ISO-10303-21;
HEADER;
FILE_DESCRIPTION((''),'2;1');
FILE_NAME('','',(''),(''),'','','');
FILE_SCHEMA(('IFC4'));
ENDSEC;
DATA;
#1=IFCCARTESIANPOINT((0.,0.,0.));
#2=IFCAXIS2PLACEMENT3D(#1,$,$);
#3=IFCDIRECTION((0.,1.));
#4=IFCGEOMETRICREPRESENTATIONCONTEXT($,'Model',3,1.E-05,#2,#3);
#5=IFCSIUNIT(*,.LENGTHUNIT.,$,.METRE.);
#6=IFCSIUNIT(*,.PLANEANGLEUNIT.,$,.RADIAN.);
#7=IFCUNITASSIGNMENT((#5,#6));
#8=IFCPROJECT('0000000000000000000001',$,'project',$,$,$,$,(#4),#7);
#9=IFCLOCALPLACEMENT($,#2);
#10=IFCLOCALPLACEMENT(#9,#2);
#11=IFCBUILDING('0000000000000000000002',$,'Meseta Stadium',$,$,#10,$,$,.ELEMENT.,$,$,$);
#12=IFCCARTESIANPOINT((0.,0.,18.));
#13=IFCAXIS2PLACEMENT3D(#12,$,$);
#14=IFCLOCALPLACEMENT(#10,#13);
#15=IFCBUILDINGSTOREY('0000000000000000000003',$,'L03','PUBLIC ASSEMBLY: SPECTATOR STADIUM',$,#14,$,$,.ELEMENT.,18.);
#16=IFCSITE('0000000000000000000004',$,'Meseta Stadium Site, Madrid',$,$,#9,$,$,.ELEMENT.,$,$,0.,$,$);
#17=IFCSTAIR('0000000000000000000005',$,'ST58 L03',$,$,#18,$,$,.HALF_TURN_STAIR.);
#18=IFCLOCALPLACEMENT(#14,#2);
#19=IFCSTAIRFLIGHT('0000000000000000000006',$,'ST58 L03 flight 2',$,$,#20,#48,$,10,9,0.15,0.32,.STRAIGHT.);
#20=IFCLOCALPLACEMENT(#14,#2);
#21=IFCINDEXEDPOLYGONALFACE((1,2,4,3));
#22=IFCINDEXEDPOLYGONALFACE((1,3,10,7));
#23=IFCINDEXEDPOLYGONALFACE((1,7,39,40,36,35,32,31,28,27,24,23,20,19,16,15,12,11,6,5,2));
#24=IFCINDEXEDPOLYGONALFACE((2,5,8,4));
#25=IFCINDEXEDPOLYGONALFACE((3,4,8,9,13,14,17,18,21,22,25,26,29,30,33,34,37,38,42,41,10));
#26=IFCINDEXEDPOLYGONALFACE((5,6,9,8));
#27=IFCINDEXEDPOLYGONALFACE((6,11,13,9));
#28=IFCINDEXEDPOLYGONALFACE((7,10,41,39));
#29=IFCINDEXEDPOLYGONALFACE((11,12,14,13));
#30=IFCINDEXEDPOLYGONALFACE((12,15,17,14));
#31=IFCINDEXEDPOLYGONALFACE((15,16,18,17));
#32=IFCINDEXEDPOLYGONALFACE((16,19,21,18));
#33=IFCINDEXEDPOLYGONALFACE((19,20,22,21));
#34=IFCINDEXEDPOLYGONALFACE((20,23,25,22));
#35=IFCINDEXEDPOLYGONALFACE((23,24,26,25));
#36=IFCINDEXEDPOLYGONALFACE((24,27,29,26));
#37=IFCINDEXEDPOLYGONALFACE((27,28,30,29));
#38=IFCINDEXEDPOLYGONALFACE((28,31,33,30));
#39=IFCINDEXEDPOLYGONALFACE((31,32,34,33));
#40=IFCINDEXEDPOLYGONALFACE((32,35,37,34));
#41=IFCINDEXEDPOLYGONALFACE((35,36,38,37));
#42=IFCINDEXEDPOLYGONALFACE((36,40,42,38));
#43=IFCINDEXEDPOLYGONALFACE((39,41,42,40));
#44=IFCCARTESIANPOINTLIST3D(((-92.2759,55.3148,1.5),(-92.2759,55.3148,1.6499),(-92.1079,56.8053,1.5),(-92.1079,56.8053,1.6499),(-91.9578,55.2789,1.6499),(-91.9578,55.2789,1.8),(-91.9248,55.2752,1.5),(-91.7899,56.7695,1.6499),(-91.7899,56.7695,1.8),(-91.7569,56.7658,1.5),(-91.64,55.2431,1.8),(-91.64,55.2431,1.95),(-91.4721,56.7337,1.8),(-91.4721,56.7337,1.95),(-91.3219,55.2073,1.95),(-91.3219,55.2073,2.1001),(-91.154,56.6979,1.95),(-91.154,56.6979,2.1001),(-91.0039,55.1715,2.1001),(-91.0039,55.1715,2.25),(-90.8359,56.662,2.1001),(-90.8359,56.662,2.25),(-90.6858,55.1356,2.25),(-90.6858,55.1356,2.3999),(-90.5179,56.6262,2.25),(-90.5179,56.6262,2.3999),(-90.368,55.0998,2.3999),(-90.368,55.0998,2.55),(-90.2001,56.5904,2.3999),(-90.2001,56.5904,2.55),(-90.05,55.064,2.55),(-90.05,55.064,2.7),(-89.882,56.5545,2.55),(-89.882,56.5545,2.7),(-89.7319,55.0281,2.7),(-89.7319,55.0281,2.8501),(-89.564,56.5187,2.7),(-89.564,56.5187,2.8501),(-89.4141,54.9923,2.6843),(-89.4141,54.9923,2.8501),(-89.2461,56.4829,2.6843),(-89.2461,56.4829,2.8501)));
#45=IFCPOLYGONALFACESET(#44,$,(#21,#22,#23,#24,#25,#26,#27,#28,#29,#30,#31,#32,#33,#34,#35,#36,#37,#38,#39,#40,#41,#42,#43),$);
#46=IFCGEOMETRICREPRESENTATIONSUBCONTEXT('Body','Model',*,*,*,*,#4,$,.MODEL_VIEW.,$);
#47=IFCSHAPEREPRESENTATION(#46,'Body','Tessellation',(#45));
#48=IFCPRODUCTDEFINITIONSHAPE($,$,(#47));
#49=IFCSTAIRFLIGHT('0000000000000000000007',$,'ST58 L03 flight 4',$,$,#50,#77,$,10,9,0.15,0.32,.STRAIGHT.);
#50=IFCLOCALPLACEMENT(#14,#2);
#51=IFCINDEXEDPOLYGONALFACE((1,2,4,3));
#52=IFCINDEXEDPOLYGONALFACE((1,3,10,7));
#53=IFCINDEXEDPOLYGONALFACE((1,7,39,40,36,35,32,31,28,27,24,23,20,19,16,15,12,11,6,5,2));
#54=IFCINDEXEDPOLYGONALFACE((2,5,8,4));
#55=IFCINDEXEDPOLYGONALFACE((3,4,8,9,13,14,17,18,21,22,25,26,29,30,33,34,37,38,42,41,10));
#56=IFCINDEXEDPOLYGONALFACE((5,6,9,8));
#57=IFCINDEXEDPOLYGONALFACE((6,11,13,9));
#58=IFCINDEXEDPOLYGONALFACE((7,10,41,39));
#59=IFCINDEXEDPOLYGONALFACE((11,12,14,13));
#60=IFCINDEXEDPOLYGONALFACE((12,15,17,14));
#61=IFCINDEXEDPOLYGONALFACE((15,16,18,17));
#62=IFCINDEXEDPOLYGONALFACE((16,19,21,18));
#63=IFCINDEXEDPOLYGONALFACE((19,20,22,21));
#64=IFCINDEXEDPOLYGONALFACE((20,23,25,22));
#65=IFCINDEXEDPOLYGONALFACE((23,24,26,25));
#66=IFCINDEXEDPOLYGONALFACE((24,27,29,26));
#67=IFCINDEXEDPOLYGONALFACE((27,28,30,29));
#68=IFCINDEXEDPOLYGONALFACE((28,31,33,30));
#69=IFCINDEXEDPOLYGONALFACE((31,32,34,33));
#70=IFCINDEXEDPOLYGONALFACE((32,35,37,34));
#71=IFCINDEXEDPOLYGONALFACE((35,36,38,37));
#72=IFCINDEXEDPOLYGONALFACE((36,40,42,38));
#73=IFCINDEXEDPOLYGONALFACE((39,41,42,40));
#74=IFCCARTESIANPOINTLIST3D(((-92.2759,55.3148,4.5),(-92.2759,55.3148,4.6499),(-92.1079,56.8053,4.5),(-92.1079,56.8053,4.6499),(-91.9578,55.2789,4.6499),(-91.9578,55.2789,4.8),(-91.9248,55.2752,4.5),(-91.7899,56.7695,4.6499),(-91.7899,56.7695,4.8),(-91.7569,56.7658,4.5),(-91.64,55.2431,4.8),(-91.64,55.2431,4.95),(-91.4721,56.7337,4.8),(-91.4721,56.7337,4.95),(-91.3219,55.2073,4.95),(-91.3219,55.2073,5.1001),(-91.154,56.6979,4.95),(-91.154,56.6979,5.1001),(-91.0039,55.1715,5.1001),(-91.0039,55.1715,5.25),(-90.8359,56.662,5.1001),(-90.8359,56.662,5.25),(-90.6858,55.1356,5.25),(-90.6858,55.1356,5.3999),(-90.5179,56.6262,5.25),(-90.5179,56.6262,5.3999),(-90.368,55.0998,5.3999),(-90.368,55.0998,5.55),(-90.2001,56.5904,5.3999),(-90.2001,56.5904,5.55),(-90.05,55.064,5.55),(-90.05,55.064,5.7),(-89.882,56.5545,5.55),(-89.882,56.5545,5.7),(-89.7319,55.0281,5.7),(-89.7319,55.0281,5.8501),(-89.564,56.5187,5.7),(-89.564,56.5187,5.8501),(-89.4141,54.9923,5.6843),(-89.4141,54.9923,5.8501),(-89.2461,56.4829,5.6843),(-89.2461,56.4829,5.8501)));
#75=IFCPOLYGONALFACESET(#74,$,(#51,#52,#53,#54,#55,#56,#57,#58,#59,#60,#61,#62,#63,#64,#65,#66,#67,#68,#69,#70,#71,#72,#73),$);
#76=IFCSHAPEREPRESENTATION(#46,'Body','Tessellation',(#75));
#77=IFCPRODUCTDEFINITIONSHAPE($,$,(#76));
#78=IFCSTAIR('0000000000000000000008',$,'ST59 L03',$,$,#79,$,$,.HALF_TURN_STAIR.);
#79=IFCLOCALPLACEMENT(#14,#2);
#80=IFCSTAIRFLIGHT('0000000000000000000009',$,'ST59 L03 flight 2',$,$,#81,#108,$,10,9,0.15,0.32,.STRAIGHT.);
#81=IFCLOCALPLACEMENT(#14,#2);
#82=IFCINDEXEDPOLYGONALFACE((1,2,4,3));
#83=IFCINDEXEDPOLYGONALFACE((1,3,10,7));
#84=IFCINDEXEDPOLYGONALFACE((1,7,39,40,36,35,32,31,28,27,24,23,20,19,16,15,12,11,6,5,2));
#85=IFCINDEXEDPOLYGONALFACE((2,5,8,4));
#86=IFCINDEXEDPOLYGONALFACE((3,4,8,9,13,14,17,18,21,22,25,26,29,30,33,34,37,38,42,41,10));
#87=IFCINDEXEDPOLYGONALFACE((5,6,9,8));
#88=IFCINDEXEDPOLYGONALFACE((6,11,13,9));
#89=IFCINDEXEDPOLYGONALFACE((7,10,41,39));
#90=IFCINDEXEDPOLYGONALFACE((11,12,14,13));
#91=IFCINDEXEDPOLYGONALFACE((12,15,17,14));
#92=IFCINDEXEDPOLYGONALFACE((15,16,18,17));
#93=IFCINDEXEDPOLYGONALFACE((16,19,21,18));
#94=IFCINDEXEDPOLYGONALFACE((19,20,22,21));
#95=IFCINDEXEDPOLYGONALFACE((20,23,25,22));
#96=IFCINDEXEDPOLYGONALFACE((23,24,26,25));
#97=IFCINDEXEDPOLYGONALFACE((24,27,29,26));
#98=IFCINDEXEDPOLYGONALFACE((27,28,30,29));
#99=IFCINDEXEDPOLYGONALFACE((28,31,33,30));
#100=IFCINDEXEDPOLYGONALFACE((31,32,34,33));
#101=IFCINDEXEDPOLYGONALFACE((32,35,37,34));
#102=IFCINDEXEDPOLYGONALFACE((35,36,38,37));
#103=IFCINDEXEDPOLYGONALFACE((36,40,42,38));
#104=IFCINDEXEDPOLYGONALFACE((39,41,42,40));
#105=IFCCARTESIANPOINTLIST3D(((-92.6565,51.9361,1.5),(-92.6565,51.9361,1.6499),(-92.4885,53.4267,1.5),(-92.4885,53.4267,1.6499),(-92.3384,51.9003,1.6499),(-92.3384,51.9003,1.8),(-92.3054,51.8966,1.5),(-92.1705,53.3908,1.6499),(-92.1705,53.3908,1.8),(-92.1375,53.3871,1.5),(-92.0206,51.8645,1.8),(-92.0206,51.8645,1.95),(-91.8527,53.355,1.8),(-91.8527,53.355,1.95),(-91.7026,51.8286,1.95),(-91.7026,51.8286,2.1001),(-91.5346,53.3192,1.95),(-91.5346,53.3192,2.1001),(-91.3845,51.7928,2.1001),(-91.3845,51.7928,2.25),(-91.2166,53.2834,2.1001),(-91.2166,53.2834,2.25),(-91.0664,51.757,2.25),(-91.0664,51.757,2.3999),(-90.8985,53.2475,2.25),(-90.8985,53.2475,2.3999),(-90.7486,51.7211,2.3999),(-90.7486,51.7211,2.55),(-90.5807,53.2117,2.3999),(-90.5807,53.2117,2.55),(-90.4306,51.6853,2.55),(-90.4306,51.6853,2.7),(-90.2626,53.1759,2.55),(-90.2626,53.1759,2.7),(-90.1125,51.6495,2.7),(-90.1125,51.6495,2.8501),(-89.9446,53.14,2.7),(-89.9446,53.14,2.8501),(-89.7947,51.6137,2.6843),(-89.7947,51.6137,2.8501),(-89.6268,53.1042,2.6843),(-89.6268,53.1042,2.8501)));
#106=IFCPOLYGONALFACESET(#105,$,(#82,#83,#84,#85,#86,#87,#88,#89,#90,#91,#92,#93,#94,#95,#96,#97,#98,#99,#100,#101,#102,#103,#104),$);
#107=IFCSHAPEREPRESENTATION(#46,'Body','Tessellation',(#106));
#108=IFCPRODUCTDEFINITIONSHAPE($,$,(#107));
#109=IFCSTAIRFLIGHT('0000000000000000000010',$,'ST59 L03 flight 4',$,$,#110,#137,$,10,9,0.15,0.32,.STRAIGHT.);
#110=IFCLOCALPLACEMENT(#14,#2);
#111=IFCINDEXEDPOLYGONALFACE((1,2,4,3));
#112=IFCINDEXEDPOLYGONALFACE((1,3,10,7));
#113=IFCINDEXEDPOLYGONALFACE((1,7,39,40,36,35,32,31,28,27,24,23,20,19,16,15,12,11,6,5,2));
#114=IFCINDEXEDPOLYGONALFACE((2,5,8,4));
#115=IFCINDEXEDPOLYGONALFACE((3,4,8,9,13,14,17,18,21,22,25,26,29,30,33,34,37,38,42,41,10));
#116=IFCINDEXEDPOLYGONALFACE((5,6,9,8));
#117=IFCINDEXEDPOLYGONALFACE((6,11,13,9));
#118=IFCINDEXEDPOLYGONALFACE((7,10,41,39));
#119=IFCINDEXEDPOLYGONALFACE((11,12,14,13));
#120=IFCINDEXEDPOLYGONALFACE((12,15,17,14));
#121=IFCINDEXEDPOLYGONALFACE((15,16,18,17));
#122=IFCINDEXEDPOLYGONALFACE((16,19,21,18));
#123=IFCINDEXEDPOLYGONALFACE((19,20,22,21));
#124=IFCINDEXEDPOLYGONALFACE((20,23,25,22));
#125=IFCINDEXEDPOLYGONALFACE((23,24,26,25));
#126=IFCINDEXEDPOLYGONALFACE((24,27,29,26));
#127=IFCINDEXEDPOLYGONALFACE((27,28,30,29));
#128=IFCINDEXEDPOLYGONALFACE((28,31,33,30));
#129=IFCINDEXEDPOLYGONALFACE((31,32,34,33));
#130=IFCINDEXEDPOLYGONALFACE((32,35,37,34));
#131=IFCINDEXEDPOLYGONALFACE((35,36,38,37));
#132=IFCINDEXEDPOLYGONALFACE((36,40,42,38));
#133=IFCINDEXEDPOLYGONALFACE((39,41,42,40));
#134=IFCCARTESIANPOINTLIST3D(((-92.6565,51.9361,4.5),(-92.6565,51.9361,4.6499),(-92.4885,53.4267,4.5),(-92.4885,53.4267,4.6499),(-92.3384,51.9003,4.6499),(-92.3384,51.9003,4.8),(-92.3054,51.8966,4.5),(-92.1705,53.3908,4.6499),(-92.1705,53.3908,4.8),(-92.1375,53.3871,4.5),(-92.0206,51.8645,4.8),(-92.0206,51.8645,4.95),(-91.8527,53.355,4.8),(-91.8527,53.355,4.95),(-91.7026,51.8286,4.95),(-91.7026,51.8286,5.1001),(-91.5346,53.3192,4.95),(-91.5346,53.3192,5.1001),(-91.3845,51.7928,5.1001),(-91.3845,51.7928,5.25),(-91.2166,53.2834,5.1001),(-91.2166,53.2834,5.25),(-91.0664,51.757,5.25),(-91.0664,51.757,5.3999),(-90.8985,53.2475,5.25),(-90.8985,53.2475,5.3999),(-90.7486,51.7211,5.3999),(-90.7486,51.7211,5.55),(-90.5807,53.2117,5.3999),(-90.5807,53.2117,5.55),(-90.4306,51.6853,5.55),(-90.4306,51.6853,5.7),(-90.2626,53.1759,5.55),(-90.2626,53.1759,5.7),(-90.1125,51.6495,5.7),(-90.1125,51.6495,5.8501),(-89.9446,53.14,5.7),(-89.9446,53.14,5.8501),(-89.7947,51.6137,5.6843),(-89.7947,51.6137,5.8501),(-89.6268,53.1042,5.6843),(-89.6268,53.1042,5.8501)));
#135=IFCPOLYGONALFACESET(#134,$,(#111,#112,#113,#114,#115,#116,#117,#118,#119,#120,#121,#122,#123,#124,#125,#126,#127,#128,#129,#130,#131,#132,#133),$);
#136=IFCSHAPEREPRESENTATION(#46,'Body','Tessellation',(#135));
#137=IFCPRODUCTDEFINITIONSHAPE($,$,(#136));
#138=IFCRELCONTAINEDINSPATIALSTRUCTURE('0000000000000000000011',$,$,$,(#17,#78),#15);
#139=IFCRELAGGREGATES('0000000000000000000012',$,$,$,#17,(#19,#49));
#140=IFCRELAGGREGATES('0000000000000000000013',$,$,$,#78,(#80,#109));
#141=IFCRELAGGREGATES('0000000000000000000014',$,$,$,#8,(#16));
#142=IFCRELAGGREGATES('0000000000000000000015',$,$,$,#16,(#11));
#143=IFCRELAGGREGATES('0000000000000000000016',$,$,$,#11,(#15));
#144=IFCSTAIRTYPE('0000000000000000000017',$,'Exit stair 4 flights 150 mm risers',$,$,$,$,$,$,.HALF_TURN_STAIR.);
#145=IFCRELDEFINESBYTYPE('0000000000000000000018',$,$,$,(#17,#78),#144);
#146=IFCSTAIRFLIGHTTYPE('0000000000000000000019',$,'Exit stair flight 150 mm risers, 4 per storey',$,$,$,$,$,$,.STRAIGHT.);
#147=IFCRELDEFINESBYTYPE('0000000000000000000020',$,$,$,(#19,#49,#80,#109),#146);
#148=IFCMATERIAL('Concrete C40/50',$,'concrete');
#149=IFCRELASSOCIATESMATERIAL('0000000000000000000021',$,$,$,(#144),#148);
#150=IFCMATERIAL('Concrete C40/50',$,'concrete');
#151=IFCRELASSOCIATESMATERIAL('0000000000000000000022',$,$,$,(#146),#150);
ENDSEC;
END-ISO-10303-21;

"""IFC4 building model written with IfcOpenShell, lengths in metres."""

from ifc_helpers import new_model, si_unit, direction, frame, origin, place, context, subcontext, project, spatial, polyline, outline, extrude, material, type_object, element, aggregate, save


model = new_model("IFC4")

# Units and contexts
model_context = context("Model", 3, precision=1e-05, world=origin(), true_north=direction((0.0, 1.0)))
body_context = subcontext(model_context, "Body", "Model", "MODEL_VIEW")
ifc_project = project(units=[si_unit("LENGTHUNIT", "METRE"), si_unit("PLANEANGLEUNIT", "RADIAN")], contexts=[model_context])

# Site, building, storey
site_placement = place(None, origin())
site = spatial("IfcSite", under=ifc_project, at=site_placement, Name="Meseta Stadium Site, Madrid", CompositionType="ELEMENT", RefElevation=0.0)
building_placement = place(site_placement, origin())
building = spatial("IfcBuilding", under=site, at=building_placement, Name="Meseta Stadium", CompositionType="ELEMENT")
storey_placement = place(building_placement, frame((0.0, 0.0, 18.0)))
storey = spatial("IfcBuildingStorey", under=building, at=storey_placement, Name="L03", Description="PUBLIC ASSEMBLY: SPECTATOR STADIUM", CompositionType="ELEMENT", Elevation=18.0)

# Stairs, stair flights
ifc_material_1 = material(Name="Concrete C40/50", Category="concrete")
stair_type = type_object("IfcStairType", Name="Exit stair 4 flights 150 mm risers", PredefinedType="HALF_TURN_STAIR", material=ifc_material_1)
stair_1_placement = place(storey_placement, origin())
stair_1 = element("IfcStair", 1, at=stair_1_placement, inside=storey, type_object=stair_type, Name="ST58 L03", PredefinedType="HALF_TURN_STAIR")
ifc_material_2 = material(Name="Concrete C40/50", Category="concrete")
stair_flight_type = type_object("IfcStairFlightType", Name="Exit stair flight 150 mm risers, 4 per storey", PredefinedType="STRAIGHT", material=ifc_material_2)
stair_flight_1_placement = place(storey_placement, frame((-92.1919, 56.0601, 1.5), z_axis=(0.0, 0.0, 1.0), x_axis=(0.993712, -0.111964, 0.0)))
stair_flight_1 = element("IfcStairFlight", 2, at=stair_flight_1_placement, type_object=stair_flight_type, Name="ST58 L03 flight 2", NumberOfRisers=10, NumberOfTreads=9, PredefinedType="STRAIGHT", RiserHeight=0.15, TreadLength=0.32, context=body_context, shape_type="SweptSolid", body=[
    extrude(outline(polyline([(0.0, 0.0), (0.0, 0.1499), (0.3201, 0.1499), (0.3201, 0.3), (0.6399, 0.3), (0.6399, 0.45), (0.96, 0.45), (0.96, 0.6001), (1.28, 0.6001), (1.28, 0.75), (1.6001, 0.75), (1.6001, 0.8999), (1.9199, 0.8999), (1.9199, 1.05), (2.24, 1.05), (2.24, 1.2), (2.5601, 1.2), (2.5601, 1.3501), (2.8799, 1.3501), (2.8799, 1.1843), (0.3533, 0.0), (0.0, 0.0)])), frame((0.0, 0.75, 0.0), z_axis=(0.0, -1.0, 0.0), x_axis=(1.0, 0.0, 0.0)), (0.0, 0.0, 1.0), 1.5),
])
stair_flight_2_placement = place(storey_placement, frame((-92.1919, 56.0601, 4.5), z_axis=(0.0, 0.0, 1.0), x_axis=(0.993712, -0.111964, 0.0)))
stair_flight_2 = element("IfcStairFlight", 3, at=stair_flight_2_placement, type_object=stair_flight_type, Name="ST58 L03 flight 4", NumberOfRisers=10, NumberOfTreads=9, PredefinedType="STRAIGHT", RiserHeight=0.15, TreadLength=0.32, context=body_context, shape_type="SweptSolid", body=[
    extrude(outline(polyline([(0.0, 0.0), (0.0, 0.1499), (0.3201, 0.1499), (0.3201, 0.3), (0.6399, 0.3), (0.6399, 0.45), (0.96, 0.45), (0.96, 0.6001), (1.28, 0.6001), (1.28, 0.75), (1.6001, 0.75), (1.6001, 0.8999), (1.9199, 0.8999), (1.9199, 1.05), (2.24, 1.05), (2.24, 1.2), (2.5601, 1.2), (2.5601, 1.3501), (2.8799, 1.3501), (2.8799, 1.1843), (0.3533, 0.0), (0.0, 0.0)])), frame((0.0, 0.75, 0.0), z_axis=(0.0, -1.0, 0.0), x_axis=(1.0, 0.0, 0.0)), (0.0, 0.0, 1.0), 1.5),
])
aggregate(stair_1, [stair_flight_1, stair_flight_2])
stair_2_placement = place(storey_placement, origin())
stair_2 = element("IfcStair", 4, at=stair_2_placement, inside=storey, type_object=stair_type, Name="ST59 L03", PredefinedType="HALF_TURN_STAIR")
stair_flight_3_placement = place(storey_placement, frame((-92.5725, 52.6814, 1.5), z_axis=(0.0, 0.0, 1.0), x_axis=(0.993712, -0.111964, 0.0)))
stair_flight_3 = element("IfcStairFlight", 5, at=stair_flight_3_placement, type_object=stair_flight_type, Name="ST59 L03 flight 2", NumberOfRisers=10, NumberOfTreads=9, PredefinedType="STRAIGHT", RiserHeight=0.15, TreadLength=0.32, context=body_context, shape_type="SweptSolid", body=[
    extrude(outline(polyline([(0.0, 0.0), (0.0, 0.1499), (0.3201, 0.1499), (0.3201, 0.3), (0.6399, 0.3), (0.6399, 0.45), (0.96, 0.45), (0.96, 0.6001), (1.28, 0.6001), (1.28, 0.75), (1.6001, 0.75), (1.6001, 0.8999), (1.9199, 0.8999), (1.9199, 1.05), (2.24, 1.05), (2.24, 1.2), (2.5601, 1.2), (2.5601, 1.3501), (2.8799, 1.3501), (2.8799, 1.1843), (0.3533, 0.0), (0.0, 0.0)])), frame((0.0, 0.75, 0.0), z_axis=(0.0, -1.0, 0.0), x_axis=(1.0, 0.0, 0.0)), (0.0, 0.0, 1.0), 1.5),
])
stair_flight_4_placement = place(storey_placement, frame((-92.5725, 52.6814, 4.5), z_axis=(0.0, 0.0, 1.0), x_axis=(0.993712, -0.111964, 0.0)))
stair_flight_4 = element("IfcStairFlight", 6, at=stair_flight_4_placement, type_object=stair_flight_type, Name="ST59 L03 flight 4", NumberOfRisers=10, NumberOfTreads=9, PredefinedType="STRAIGHT", RiserHeight=0.15, TreadLength=0.32, context=body_context, shape_type="SweptSolid", body=[
    extrude(outline(polyline([(0.0, 0.0), (0.0, 0.1499), (0.3201, 0.1499), (0.3201, 0.3), (0.6399, 0.3), (0.6399, 0.45), (0.96, 0.45), (0.96, 0.6001), (1.28, 0.6001), (1.28, 0.75), (1.6001, 0.75), (1.6001, 0.8999), (1.9199, 0.8999), (1.9199, 1.05), (2.24, 1.05), (2.24, 1.2), (2.5601, 1.2), (2.5601, 1.3501), (2.8799, 1.3501), (2.8799, 1.1843), (0.3533, 0.0), (0.0, 0.0)])), frame((0.0, 0.75, 0.0), z_axis=(0.0, -1.0, 0.0), x_axis=(1.0, 0.0, 0.0)), (0.0, 0.0, 1.0), 1.5),
])
aggregate(stair_2, [stair_flight_3, stair_flight_4])

save(model, "model.ifc")
